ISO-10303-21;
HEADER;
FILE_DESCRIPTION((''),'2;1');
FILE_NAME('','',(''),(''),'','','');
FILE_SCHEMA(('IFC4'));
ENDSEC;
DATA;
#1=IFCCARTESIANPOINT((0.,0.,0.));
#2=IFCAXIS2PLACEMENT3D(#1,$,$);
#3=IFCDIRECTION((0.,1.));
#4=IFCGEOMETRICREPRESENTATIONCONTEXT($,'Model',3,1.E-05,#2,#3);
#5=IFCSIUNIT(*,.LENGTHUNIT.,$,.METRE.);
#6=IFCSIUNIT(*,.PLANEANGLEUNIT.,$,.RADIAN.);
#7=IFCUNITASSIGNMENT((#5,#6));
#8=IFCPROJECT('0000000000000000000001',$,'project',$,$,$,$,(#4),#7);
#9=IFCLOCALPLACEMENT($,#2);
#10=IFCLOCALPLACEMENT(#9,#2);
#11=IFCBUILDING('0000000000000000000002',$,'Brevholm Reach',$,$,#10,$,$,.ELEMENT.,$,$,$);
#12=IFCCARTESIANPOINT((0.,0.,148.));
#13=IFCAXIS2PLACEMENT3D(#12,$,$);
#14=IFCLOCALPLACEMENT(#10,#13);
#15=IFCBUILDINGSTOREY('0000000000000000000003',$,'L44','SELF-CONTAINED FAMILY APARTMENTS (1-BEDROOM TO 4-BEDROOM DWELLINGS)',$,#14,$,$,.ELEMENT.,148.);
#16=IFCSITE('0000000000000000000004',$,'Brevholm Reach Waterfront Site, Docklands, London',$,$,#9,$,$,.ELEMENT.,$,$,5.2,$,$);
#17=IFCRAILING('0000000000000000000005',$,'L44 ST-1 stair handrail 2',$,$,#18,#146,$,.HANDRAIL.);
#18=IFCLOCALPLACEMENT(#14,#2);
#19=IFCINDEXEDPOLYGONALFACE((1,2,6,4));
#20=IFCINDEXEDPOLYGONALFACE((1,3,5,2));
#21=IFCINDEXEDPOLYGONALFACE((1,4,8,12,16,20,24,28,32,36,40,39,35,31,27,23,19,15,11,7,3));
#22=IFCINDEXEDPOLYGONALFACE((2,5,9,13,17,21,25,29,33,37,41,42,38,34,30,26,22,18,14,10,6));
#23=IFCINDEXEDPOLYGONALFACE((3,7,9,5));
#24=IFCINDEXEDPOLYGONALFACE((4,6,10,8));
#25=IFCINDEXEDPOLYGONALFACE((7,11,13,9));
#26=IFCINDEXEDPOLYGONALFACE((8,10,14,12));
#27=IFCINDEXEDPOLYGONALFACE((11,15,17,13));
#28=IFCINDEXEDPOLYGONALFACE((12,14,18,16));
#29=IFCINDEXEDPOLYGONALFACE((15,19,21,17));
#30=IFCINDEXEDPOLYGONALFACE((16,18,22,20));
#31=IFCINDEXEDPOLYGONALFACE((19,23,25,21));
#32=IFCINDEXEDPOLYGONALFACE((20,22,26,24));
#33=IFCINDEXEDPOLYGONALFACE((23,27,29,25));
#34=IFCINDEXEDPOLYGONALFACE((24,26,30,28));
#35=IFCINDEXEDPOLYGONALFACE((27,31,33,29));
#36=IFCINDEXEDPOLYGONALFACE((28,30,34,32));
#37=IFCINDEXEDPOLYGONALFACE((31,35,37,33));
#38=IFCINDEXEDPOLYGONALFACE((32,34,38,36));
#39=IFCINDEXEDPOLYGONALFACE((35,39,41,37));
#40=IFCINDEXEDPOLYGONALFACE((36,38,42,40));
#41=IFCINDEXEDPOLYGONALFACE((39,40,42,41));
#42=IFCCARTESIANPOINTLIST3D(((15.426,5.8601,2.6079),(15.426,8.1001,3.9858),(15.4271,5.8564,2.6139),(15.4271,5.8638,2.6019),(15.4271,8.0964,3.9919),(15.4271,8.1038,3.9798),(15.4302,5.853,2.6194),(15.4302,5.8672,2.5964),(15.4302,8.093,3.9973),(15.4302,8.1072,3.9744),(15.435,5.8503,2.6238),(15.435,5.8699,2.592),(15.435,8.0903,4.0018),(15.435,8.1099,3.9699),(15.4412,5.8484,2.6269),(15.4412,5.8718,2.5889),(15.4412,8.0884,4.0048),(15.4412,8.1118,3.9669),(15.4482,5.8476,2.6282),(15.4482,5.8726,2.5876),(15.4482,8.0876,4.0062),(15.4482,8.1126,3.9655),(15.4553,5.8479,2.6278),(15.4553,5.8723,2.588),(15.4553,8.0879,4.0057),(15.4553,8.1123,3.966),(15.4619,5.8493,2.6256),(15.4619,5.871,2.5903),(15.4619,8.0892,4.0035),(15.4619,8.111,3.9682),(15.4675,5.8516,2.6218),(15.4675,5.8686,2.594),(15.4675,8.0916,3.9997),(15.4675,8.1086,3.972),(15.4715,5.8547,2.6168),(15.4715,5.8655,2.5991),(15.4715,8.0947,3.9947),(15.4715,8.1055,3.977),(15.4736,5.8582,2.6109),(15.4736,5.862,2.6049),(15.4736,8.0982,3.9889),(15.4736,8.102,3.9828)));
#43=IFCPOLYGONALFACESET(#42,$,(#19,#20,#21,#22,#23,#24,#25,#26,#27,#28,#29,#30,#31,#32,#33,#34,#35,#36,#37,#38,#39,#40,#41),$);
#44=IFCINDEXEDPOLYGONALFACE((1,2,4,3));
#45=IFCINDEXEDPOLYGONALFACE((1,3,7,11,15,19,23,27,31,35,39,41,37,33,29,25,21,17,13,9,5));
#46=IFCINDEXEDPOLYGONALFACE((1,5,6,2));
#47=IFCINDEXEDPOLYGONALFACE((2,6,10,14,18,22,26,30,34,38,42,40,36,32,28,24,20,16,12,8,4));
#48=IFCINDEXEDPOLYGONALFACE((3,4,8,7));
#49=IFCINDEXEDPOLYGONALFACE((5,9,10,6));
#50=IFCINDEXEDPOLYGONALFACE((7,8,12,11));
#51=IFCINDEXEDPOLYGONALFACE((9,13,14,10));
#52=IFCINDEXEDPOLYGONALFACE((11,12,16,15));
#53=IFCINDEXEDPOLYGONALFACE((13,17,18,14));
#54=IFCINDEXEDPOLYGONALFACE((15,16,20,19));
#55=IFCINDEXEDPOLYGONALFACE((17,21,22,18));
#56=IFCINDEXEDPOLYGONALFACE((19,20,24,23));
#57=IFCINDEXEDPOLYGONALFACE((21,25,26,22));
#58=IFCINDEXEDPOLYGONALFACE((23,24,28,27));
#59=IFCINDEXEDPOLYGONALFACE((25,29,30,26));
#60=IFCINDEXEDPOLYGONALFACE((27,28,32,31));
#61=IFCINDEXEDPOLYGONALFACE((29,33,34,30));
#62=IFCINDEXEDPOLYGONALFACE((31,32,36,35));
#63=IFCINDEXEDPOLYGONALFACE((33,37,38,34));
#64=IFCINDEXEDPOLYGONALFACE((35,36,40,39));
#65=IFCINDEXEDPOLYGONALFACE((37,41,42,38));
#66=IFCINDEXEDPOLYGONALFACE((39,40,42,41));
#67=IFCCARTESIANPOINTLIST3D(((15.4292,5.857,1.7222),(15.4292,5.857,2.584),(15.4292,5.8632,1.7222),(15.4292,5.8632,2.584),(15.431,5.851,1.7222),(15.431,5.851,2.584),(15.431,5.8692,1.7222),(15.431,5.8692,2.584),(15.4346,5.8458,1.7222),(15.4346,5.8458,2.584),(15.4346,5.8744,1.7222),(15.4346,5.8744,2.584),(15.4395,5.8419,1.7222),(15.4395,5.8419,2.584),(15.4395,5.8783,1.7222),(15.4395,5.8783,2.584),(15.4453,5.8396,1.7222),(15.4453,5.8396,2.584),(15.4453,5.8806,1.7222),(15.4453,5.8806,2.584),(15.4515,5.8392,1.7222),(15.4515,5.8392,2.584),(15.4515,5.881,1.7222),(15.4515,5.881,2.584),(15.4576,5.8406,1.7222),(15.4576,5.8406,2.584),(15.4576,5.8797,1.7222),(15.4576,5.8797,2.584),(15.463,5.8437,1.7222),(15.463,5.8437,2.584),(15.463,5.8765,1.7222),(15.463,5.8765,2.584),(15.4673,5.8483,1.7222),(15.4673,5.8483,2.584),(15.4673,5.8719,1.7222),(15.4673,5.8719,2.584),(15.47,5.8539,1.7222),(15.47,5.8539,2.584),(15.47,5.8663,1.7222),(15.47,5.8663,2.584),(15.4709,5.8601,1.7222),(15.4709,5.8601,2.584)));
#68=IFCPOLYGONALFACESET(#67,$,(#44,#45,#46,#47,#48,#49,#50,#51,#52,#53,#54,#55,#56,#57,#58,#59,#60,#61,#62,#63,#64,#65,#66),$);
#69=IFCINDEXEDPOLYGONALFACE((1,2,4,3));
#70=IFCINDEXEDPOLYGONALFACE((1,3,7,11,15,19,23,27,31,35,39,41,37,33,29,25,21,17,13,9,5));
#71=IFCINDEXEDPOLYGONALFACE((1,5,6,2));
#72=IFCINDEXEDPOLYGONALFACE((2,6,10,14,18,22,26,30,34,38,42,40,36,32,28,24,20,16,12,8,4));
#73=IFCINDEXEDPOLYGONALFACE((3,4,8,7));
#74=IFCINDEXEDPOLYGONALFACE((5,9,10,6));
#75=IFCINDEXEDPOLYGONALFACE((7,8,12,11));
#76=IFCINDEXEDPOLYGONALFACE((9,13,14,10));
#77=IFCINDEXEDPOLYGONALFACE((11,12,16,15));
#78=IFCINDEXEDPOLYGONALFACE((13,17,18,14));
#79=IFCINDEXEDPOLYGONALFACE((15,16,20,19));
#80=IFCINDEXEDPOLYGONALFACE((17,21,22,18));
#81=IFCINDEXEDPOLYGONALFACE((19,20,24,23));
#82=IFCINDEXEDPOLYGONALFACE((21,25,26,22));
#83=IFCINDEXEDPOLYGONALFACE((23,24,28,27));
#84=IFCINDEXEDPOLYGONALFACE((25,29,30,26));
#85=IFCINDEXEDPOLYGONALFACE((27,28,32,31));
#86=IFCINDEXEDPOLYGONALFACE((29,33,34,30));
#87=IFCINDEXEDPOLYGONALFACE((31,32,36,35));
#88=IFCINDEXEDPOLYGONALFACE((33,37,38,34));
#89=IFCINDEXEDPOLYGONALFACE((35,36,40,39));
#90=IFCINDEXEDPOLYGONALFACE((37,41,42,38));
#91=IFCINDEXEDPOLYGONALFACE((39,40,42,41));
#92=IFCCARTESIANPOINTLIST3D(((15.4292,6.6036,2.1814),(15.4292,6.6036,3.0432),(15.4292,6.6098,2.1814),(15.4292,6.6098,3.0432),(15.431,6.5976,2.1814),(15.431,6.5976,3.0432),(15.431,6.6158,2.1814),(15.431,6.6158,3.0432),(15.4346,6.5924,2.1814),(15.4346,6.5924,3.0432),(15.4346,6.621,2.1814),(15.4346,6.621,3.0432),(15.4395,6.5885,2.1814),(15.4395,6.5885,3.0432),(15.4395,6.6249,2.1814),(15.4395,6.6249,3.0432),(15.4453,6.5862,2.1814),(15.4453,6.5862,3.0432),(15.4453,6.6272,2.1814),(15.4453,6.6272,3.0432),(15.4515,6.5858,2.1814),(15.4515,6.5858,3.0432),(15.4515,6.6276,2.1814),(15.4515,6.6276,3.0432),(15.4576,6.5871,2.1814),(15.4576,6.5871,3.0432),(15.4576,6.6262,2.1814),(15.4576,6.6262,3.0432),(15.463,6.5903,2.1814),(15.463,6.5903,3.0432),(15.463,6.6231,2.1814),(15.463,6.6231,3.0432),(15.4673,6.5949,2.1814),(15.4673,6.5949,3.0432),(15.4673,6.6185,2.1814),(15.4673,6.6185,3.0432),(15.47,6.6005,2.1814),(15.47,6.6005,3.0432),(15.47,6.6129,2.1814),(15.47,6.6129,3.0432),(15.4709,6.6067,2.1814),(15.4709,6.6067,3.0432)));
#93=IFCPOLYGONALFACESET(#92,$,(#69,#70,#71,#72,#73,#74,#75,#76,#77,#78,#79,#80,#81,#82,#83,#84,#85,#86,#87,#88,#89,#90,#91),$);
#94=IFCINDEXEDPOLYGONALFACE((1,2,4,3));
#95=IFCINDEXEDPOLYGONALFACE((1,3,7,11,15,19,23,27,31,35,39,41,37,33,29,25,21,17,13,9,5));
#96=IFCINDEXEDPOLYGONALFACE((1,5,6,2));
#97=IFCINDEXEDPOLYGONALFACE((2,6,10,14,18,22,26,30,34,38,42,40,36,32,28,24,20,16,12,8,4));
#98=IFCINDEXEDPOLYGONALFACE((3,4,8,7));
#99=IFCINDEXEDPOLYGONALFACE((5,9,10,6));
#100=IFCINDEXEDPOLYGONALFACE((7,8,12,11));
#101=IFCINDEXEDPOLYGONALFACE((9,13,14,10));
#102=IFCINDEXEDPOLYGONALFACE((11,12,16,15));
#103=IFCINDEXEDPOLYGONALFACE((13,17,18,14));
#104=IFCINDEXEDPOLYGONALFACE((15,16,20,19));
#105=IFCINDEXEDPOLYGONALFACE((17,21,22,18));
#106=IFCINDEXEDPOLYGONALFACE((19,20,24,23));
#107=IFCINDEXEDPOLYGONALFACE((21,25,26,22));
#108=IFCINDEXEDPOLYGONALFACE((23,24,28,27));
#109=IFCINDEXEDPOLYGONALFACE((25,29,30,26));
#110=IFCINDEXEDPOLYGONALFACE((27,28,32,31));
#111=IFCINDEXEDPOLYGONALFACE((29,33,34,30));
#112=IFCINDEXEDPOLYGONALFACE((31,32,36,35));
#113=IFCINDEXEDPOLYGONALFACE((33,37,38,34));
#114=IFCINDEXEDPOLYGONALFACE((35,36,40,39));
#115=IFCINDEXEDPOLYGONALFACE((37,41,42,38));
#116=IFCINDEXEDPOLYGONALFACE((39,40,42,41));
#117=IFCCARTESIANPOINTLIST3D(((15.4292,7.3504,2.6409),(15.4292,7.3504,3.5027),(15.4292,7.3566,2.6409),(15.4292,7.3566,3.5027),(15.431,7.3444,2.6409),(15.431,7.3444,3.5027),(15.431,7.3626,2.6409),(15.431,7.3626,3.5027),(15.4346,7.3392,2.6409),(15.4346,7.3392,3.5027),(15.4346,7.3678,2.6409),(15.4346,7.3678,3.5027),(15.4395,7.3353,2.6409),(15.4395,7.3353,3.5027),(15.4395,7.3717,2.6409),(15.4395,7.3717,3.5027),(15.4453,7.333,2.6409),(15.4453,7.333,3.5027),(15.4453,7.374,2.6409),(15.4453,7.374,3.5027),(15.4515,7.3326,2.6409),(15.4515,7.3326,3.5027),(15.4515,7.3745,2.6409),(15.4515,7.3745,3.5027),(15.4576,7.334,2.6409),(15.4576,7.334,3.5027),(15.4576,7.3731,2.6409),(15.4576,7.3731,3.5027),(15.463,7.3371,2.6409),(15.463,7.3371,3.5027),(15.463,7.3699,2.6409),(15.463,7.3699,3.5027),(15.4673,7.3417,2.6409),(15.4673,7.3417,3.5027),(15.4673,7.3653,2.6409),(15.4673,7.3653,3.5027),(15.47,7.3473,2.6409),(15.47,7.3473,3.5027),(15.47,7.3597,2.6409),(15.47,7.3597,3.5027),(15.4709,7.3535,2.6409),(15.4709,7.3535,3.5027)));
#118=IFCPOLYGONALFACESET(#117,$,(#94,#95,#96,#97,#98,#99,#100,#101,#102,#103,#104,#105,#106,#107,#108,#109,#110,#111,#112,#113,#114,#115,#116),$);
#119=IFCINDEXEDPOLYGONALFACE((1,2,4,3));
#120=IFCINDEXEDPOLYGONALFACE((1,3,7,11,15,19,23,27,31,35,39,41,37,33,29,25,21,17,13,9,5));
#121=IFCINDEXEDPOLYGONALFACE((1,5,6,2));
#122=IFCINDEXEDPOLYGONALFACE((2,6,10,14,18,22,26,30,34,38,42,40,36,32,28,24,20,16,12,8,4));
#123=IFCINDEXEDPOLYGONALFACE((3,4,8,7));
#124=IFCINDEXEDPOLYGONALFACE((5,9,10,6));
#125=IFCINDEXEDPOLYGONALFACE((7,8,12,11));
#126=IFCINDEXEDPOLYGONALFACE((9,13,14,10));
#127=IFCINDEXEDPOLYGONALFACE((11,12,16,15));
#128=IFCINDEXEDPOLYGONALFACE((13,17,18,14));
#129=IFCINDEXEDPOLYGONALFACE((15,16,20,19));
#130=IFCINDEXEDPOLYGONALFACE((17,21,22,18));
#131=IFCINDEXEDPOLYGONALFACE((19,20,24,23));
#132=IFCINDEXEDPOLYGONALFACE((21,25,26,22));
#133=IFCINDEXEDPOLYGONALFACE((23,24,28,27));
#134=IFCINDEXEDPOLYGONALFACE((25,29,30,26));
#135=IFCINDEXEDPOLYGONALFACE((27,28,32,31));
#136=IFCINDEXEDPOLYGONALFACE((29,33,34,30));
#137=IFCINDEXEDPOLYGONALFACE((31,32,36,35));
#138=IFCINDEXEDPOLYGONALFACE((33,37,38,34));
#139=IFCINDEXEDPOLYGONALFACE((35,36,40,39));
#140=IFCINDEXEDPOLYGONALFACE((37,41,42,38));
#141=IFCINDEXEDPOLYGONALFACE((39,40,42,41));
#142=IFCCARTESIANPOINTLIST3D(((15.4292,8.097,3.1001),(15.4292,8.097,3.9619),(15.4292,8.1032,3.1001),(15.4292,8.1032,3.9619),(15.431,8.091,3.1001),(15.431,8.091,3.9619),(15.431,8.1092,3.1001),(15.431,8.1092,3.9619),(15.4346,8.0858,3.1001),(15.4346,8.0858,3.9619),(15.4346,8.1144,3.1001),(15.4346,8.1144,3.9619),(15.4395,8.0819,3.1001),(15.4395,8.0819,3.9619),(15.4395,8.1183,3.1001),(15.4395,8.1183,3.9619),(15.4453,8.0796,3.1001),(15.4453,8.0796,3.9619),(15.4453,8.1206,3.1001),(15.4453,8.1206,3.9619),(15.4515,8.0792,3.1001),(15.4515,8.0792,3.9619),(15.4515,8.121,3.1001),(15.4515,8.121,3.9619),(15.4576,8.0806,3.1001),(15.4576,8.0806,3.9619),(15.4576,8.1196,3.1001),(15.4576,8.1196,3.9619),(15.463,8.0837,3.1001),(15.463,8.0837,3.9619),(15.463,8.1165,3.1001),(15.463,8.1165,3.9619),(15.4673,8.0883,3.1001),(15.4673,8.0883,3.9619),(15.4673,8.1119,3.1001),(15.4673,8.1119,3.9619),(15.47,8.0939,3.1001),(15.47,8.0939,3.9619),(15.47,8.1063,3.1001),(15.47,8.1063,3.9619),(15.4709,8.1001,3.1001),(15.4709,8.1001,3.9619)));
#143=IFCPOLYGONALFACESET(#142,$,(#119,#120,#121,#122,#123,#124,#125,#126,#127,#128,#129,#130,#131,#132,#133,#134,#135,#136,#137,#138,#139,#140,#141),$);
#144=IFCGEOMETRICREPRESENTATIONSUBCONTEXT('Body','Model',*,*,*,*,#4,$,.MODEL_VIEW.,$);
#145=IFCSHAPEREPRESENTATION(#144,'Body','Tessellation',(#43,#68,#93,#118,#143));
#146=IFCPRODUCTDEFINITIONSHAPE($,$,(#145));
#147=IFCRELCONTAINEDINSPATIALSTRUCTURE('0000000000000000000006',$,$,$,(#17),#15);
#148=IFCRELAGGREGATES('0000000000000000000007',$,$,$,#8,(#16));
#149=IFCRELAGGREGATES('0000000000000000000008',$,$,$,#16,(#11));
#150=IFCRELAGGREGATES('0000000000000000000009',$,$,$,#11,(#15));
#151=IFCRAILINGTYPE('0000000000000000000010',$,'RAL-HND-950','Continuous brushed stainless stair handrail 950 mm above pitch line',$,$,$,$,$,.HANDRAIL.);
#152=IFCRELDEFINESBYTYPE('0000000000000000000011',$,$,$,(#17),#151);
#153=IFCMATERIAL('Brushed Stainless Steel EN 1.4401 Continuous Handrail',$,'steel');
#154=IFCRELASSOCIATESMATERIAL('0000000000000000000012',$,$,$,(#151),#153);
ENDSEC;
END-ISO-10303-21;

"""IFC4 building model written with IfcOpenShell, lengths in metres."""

from ifc_helpers import new_model, si_unit, direction, frame, origin, origin_2d, place, context, subcontext, project, spatial, circle, extrude, material, type_object, element, save


model = new_model("IFC4")

# Units and contexts
model_context = context("Model", 3, precision=1e-05, world=origin(), true_north=direction((0.0, 1.0)))
body_context = subcontext(model_context, "Body", "Model", "MODEL_VIEW")
ifc_project = project(units=[si_unit("LENGTHUNIT", "METRE"), si_unit("PLANEANGLEUNIT", "RADIAN")], contexts=[model_context])

# Site, building, storey
site_placement = place(None, origin())
site = spatial("IfcSite", under=ifc_project, at=site_placement, Name="Brevholm Reach Waterfront Site, Docklands, London", CompositionType="ELEMENT", RefElevation=5.2)
building_placement = place(site_placement, origin())
building = spatial("IfcBuilding", under=site, at=building_placement, Name="Brevholm Reach", CompositionType="ELEMENT")
storey_placement = place(building_placement, frame((0.0, 0.0, 148.0)))
storey = spatial("IfcBuildingStorey", under=building, at=storey_placement, Name="L44", Description="SELF-CONTAINED FAMILY APARTMENTS (1-BEDROOM TO 4-BEDROOM DWELLINGS)", CompositionType="ELEMENT", Elevation=148.0)

# Railing
ifc_material_1 = material(Name="Brushed Stainless Steel EN 1.4401 Continuous Handrail", Category="steel")
railing_type_1 = type_object("IfcRailingType", Name="RAL-HND-950", Description="Continuous brushed stainless stair handrail 950 mm above pitch line", PredefinedType="HANDRAIL", material=ifc_material_1)
railing_1_placement = place(storey_placement, frame((15.45, 5.8601, 1.7222)))
element("IfcRailing", 1, at=railing_1_placement, inside=storey, type_object=railing_type_1, Name="L44 ST-1 stair handrail 2", PredefinedType="HANDRAIL", context=body_context, shape_type="SweptSolid", body=[
    extrude(circle(Radius=0.0239, at=origin_2d()), frame((0.0, 0.0, 0.8857), z_axis=(0.0, 0.851748, 0.523952), x_axis=(-1.0, 0.0, 0.0)), (0.0, 0.0, 1.0), 2.6299),
    extrude(circle(Radius=0.021, at=origin_2d()), origin(), (0.0, 0.0, 1.0), 0.8618),
    extrude(circle(Radius=0.021, at=origin_2d()), frame((0.0, 0.7466, 0.4592)), (0.0, 0.0, 1.0), 0.8618),
    extrude(circle(Radius=0.021, at=origin_2d()), frame((0.0, 1.4934, 0.9187)), (0.0, 0.0, 1.0), 0.8618),
    extrude(circle(Radius=0.021, at=origin_2d()), frame((0.0, 2.24, 1.3779)), (0.0, 0.0, 1.0), 0.8618),
])

save(model, "model.ifc")
